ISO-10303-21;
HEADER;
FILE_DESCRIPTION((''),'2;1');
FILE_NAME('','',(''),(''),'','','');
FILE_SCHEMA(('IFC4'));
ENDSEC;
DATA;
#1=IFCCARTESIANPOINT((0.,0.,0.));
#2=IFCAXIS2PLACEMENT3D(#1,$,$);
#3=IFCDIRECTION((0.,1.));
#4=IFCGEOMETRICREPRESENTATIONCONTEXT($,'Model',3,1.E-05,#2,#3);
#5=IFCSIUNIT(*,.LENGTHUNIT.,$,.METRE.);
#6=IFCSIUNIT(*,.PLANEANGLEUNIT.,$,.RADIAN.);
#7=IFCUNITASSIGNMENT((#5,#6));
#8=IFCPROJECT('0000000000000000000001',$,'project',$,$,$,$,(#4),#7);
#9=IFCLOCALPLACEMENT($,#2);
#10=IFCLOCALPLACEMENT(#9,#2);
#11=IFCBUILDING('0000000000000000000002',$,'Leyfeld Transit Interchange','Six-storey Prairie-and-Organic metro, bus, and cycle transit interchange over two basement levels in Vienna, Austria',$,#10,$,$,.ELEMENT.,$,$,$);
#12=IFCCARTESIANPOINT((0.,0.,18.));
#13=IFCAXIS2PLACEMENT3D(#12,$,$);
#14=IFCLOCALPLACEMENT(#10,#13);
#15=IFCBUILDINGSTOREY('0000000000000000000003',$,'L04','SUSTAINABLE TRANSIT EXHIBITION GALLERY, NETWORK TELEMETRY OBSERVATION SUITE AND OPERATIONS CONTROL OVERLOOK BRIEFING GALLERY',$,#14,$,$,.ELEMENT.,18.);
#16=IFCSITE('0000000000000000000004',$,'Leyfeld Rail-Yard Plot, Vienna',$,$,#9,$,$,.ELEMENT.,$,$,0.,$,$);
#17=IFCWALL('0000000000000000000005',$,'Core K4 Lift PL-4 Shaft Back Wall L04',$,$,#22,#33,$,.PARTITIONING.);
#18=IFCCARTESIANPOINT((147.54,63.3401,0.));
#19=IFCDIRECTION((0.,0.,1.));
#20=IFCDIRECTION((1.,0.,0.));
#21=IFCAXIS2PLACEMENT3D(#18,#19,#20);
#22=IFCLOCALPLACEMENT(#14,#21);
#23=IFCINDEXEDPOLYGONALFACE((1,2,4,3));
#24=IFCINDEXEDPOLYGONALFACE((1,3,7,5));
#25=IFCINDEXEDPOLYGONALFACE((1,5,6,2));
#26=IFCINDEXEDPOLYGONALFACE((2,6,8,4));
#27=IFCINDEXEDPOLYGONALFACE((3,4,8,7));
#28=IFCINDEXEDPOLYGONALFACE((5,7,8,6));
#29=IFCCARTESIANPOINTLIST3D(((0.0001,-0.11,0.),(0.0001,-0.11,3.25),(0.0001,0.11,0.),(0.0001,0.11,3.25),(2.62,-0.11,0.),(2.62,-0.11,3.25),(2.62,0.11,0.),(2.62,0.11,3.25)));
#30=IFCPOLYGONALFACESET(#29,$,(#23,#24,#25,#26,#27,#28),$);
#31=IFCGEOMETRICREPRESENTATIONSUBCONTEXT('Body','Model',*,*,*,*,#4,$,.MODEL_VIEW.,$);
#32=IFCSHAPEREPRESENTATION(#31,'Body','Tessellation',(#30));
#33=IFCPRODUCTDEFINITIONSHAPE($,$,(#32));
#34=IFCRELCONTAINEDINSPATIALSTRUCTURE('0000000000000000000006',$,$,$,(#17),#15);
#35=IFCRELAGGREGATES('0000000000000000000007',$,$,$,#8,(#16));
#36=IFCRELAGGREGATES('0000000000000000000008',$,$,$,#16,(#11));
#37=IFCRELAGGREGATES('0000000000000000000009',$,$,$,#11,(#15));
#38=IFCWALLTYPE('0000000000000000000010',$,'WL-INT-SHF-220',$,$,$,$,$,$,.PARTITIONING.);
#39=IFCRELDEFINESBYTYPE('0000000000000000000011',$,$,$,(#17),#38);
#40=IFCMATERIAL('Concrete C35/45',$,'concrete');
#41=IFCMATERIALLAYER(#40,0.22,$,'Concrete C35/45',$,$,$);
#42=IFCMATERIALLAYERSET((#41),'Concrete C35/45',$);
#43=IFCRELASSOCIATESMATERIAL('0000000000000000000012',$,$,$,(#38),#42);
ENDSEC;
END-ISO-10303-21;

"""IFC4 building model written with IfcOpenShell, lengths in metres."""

from ifc_helpers import new_model, si_unit, direction, frame, frame_2d, origin, place, context, subcontext, project, spatial, rectangle, extrude, material, layer, layer_set, type_object, element, save


model = new_model("IFC4")

# Units and contexts
model_context = context("Model", 3, precision=1e-05, world=origin(), true_north=direction((0.0, 1.0)))
body_context = subcontext(model_context, "Body", "Model", "MODEL_VIEW")
ifc_project = project(units=[si_unit("LENGTHUNIT", "METRE"), si_unit("PLANEANGLEUNIT", "RADIAN")], contexts=[model_context])

# Site, building, storey
site_placement = place(None, origin())
site = spatial("IfcSite", under=ifc_project, at=site_placement, Name="Leyfeld Rail-Yard Plot, Vienna", CompositionType="ELEMENT", RefElevation=0.0)
building_placement = place(site_placement, origin())
building = spatial("IfcBuilding", under=site, at=building_placement, Name="Leyfeld Transit Interchange", Description="Six-storey Prairie-and-Organic metro, bus, and cycle transit interchange over two basement levels in Vienna, Austria", CompositionType="ELEMENT")
storey_placement = place(building_placement, frame((0.0, 0.0, 18.0)))
storey = spatial("IfcBuildingStorey", under=building, at=storey_placement, Name="L04", Description="SUSTAINABLE TRANSIT EXHIBITION GALLERY, NETWORK TELEMETRY OBSERVATION SUITE AND OPERATIONS CONTROL OVERLOOK BRIEFING GALLERY", CompositionType="ELEMENT", Elevation=18.0)

# Shared definitions
ifc_material_1 = material(Name="Concrete C35/45", Category="concrete")

# Shared definitions
ifc_layer_1 = layer(ifc_material_1, 0.22, Name="Concrete C35/45")
ifc_layer_set_1 = layer_set([ifc_layer_1], Name="Concrete C35/45")
wall_type_1 = type_object("IfcWallType", Name="WL-INT-SHF-220", PredefinedType="PARTITIONING", material=ifc_layer_set_1)

# Wall
wall_1_placement = place(storey_placement, frame((147.54, 63.3401, 0.0), z_axis=(0.0, 0.0, 1.0), x_axis=(1.0, 0.0, 0.0)))
element("IfcWall", 1, at=wall_1_placement, inside=storey, type_object=wall_type_1, Name="Core K4 Lift PL-4 Shaft Back Wall L04", PredefinedType="PARTITIONING", context=body_context, shape_type="SweptSolid", body=[
    extrude(rectangle(XDim=2.6199, YDim=0.22, at=frame_2d((1.3101, 0.0))), origin(), (0.0, 0.0, 1.0), 3.25),
])

save(model, "model.ifc")
